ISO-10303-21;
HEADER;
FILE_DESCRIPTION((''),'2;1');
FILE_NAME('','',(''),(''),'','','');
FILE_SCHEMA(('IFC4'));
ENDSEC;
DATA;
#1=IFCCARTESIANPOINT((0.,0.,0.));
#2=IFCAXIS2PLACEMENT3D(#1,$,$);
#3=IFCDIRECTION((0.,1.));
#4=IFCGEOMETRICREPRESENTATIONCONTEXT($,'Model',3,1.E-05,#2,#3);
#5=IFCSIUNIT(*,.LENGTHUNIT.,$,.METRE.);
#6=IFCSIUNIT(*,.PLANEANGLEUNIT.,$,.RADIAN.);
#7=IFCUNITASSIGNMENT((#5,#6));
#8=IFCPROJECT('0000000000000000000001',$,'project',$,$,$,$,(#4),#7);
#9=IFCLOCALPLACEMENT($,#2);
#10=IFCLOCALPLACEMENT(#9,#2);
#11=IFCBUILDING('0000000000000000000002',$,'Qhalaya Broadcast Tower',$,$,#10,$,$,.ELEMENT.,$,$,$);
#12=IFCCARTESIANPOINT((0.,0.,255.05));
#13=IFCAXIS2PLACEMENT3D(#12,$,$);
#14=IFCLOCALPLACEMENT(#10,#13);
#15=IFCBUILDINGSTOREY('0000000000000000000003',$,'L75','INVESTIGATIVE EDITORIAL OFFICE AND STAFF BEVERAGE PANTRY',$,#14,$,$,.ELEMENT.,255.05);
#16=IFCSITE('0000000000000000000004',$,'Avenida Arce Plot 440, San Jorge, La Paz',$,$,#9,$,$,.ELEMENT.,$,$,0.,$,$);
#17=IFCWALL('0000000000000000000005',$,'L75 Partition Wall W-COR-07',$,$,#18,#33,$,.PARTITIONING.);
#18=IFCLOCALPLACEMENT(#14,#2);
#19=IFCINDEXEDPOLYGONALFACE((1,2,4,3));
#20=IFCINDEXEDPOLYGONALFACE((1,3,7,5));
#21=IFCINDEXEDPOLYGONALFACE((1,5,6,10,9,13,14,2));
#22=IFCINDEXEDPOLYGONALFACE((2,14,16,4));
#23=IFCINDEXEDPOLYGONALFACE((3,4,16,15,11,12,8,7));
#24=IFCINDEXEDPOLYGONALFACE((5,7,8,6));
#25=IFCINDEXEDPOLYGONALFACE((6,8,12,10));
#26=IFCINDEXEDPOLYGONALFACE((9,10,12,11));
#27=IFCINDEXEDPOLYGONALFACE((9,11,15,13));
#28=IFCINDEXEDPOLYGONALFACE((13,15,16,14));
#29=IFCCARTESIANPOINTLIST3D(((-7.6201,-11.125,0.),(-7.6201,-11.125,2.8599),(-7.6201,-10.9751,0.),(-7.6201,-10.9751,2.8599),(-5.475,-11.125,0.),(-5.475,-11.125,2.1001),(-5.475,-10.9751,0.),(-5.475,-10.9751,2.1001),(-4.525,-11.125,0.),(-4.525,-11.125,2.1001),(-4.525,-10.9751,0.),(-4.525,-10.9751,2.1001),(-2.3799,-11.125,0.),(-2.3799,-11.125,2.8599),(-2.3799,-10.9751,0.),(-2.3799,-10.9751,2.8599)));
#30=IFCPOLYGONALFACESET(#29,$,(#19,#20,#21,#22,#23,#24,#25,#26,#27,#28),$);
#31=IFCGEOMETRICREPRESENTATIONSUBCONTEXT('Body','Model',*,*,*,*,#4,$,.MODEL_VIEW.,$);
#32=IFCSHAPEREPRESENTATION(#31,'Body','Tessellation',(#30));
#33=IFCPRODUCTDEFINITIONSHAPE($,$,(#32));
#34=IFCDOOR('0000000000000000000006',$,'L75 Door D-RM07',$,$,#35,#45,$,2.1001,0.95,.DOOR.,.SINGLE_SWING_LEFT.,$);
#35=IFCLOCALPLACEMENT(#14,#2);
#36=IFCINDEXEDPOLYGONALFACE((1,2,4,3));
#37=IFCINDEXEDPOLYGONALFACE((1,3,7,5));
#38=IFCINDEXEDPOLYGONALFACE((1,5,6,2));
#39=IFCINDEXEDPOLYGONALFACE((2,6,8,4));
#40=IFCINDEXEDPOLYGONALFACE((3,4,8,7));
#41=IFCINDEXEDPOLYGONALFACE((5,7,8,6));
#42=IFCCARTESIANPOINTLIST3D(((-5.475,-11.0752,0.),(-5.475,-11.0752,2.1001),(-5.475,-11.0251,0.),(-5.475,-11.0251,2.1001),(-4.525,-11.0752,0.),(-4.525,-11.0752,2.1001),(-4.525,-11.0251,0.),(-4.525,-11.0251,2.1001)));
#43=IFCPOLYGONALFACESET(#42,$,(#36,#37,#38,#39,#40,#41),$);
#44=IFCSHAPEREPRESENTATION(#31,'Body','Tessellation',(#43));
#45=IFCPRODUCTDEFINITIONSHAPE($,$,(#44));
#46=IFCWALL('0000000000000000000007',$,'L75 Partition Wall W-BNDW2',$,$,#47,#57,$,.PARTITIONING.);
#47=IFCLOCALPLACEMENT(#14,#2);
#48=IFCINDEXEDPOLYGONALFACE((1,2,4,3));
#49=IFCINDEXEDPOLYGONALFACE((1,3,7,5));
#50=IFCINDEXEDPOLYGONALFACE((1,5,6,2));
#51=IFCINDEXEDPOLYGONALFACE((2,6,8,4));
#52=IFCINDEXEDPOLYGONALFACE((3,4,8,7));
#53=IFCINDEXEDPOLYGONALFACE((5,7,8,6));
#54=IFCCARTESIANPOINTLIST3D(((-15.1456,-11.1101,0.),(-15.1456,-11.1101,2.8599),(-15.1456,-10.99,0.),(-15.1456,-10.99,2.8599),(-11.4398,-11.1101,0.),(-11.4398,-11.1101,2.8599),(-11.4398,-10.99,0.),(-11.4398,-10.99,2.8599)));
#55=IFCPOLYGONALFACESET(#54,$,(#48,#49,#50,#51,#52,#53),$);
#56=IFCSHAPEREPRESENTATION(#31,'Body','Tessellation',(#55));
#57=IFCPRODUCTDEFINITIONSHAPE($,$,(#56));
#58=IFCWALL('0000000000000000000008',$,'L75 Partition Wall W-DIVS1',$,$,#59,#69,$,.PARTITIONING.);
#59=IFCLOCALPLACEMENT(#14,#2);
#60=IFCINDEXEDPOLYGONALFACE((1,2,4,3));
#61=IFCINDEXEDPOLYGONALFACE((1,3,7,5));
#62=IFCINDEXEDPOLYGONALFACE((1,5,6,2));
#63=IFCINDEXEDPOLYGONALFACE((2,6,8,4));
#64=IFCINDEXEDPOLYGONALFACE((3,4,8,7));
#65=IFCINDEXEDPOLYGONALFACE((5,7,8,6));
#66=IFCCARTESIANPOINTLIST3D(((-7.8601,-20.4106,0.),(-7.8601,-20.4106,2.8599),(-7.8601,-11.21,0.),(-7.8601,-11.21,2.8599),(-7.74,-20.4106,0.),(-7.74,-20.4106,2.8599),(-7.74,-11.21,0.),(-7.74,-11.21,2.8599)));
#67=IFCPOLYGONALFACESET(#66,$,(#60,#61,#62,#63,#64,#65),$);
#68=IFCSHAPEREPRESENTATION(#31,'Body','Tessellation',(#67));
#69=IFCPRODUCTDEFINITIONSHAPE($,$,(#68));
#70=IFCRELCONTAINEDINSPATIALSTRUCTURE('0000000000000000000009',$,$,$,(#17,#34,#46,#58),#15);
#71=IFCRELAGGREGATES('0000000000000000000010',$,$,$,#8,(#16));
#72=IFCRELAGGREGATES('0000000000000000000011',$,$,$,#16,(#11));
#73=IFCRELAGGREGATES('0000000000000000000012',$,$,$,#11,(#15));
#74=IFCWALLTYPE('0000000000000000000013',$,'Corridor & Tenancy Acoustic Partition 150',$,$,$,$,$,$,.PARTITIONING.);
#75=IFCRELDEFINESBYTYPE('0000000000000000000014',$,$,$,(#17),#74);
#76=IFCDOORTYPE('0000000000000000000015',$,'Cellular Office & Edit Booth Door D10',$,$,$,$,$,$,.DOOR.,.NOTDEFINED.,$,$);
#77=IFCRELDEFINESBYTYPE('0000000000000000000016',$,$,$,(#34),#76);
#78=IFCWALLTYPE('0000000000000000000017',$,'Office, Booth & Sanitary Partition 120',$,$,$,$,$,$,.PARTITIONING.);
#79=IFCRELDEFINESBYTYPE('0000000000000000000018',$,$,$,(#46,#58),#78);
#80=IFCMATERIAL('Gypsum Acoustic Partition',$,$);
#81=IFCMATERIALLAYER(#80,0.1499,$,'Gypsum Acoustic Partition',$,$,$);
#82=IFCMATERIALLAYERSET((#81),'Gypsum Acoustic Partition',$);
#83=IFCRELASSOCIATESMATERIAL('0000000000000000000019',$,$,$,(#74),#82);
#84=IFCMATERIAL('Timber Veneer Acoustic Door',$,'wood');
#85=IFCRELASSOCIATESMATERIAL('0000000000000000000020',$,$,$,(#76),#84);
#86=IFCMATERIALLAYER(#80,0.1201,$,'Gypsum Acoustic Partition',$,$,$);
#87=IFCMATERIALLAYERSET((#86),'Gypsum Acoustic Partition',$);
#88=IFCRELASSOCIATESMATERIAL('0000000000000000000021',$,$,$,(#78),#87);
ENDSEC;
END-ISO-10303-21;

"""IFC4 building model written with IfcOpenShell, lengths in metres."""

from ifc_helpers import new_model, si_unit, direction, frame, frame_2d, origin, place, context, subcontext, project, spatial, rectangle, extrude, material, layer, layer_set, type_object, element, fill, save


model = new_model("IFC4")

# Units and contexts
model_context = context("Model", 3, precision=1e-05, world=origin(), true_north=direction((0.0, 1.0)))
body_context = subcontext(model_context, "Body", "Model", "MODEL_VIEW")
ifc_project = project(units=[si_unit("LENGTHUNIT", "METRE"), si_unit("PLANEANGLEUNIT", "RADIAN")], contexts=[model_context])

# Site, building, storey
site_placement = place(None, origin())
site = spatial("IfcSite", under=ifc_project, at=site_placement, Name="Avenida Arce Plot 440, San Jorge, La Paz", CompositionType="ELEMENT", RefElevation=0.0)
building_placement = place(site_placement, origin())
building = spatial("IfcBuilding", under=site, at=building_placement, Name="Qhalaya Broadcast Tower", CompositionType="ELEMENT")
storey_placement = place(building_placement, frame((0.0, 0.0, 255.05)))
storey = spatial("IfcBuildingStorey", under=building, at=storey_placement, Name="L75", Description="INVESTIGATIVE EDITORIAL OFFICE AND STAFF BEVERAGE PANTRY", CompositionType="ELEMENT", Elevation=255.05)

# Wall, opening, door
ifc_material_1 = material(Name="Gypsum Acoustic Partition")
ifc_layer_1 = layer(ifc_material_1, 0.1499, Name="Gypsum Acoustic Partition")
ifc_layer_set_1 = layer_set([ifc_layer_1], Name="Gypsum Acoustic Partition")
wall_type_1 = type_object("IfcWallType", Name="Corridor & Tenancy Acoustic Partition 150", PredefinedType="PARTITIONING", material=ifc_layer_set_1)
ifc_material_2 = material(Name="Timber Veneer Acoustic Door", Category="wood")
door_type = type_object("IfcDoorType", Name="Cellular Office & Edit Booth Door D10", OperationType="NOTDEFINED", PredefinedType="DOOR", material=ifc_material_2)
wall_1_placement = place(storey_placement, frame((-7.6201, -11.05, 0.0), z_axis=(0.0, 0.0, 1.0), x_axis=(1.0, 0.0, 0.0)))
wall_1 = element("IfcWall", 1, at=wall_1_placement, inside=storey, type_object=wall_type_1, Name="L75 Partition Wall W-COR-07", PredefinedType="PARTITIONING", context=body_context, shape_type="SweptSolid", body=[
    extrude(rectangle(XDim=5.2402, YDim=0.1499, at=frame_2d((2.6201, 0.0))), origin(), (0.0, 0.0, 1.0), 2.8599),
])
opening_1_placement = place(wall_1_placement, frame((2.145, 0.0, 0.0)))
opening_1 = element("IfcOpeningElement", 2, at=opening_1_placement, cuts=wall_1, PredefinedType="OPENING", context=body_context, shape_type="SweptSolid", body=[
    extrude(rectangle(XDim=0.95, YDim=2.1001, at=frame_2d((0.4751, 1.05))), frame((0.0, 0.0869, 0.0), z_axis=(0.0, -1.0, 0.0), x_axis=(1.0, 0.0, 0.0)), (0.0, 0.0, 1.0), 0.1738),
])
door_1_placement = place(opening_1_placement, origin())
door_1 = element("IfcDoor", 3, at=door_1_placement, inside=storey, type_object=door_type, Name="L75 Door D-RM07", OperationType="SINGLE_SWING_LEFT", OverallHeight=2.1001, OverallWidth=0.95, PredefinedType="DOOR", context=body_context, shape_type="SweptSolid", body=[
    extrude(rectangle(XDim=0.95, YDim=2.1001, at=frame_2d((0.4751, 1.05))), frame((0.0, 0.0249, 0.0), z_axis=(0.0, -1.0, 0.0), x_axis=(1.0, 0.0, 0.0)), (0.0, 0.0, 1.0), 0.05),
])
fill(opening_1, door_1)

# Walls
ifc_layer_2 = layer(ifc_material_1, 0.1201, Name="Gypsum Acoustic Partition")
ifc_layer_set_2 = layer_set([ifc_layer_2], Name="Gypsum Acoustic Partition")
wall_type_2 = type_object("IfcWallType", Name="Office, Booth & Sanitary Partition 120", PredefinedType="PARTITIONING", material=ifc_layer_set_2)
wall_2_placement = place(storey_placement, frame((-15.1458, -11.05, 0.0), z_axis=(0.0, 0.0, 1.0), x_axis=(1.0, 0.0, 0.0)))
element("IfcWall", 4, at=wall_2_placement, inside=storey, type_object=wall_type_2, Name="L75 Partition Wall W-BNDW2", PredefinedType="PARTITIONING", context=body_context, shape_type="SweptSolid", body=[
    extrude(rectangle(XDim=3.7058, YDim=0.1201, at=frame_2d((1.853, 0.0))), origin(), (0.0, 0.0, 1.0), 2.8599),
])
wall_3_placement = place(storey_placement, frame((-7.8, -20.4106, 0.0), z_axis=(0.0, 0.0, 1.0), x_axis=(0.0, 1.0, 0.0)))
element("IfcWall", 5, at=wall_3_placement, inside=storey, type_object=wall_type_2, Name="L75 Partition Wall W-DIVS1", PredefinedType="PARTITIONING", context=body_context, shape_type="SweptSolid", body=[
    extrude(rectangle(XDim=9.2007, YDim=0.1201, at=frame_2d((4.6003, 0.0))), origin(), (0.0, 0.0, 1.0), 2.8599),
])

save(model, "model.ifc")
